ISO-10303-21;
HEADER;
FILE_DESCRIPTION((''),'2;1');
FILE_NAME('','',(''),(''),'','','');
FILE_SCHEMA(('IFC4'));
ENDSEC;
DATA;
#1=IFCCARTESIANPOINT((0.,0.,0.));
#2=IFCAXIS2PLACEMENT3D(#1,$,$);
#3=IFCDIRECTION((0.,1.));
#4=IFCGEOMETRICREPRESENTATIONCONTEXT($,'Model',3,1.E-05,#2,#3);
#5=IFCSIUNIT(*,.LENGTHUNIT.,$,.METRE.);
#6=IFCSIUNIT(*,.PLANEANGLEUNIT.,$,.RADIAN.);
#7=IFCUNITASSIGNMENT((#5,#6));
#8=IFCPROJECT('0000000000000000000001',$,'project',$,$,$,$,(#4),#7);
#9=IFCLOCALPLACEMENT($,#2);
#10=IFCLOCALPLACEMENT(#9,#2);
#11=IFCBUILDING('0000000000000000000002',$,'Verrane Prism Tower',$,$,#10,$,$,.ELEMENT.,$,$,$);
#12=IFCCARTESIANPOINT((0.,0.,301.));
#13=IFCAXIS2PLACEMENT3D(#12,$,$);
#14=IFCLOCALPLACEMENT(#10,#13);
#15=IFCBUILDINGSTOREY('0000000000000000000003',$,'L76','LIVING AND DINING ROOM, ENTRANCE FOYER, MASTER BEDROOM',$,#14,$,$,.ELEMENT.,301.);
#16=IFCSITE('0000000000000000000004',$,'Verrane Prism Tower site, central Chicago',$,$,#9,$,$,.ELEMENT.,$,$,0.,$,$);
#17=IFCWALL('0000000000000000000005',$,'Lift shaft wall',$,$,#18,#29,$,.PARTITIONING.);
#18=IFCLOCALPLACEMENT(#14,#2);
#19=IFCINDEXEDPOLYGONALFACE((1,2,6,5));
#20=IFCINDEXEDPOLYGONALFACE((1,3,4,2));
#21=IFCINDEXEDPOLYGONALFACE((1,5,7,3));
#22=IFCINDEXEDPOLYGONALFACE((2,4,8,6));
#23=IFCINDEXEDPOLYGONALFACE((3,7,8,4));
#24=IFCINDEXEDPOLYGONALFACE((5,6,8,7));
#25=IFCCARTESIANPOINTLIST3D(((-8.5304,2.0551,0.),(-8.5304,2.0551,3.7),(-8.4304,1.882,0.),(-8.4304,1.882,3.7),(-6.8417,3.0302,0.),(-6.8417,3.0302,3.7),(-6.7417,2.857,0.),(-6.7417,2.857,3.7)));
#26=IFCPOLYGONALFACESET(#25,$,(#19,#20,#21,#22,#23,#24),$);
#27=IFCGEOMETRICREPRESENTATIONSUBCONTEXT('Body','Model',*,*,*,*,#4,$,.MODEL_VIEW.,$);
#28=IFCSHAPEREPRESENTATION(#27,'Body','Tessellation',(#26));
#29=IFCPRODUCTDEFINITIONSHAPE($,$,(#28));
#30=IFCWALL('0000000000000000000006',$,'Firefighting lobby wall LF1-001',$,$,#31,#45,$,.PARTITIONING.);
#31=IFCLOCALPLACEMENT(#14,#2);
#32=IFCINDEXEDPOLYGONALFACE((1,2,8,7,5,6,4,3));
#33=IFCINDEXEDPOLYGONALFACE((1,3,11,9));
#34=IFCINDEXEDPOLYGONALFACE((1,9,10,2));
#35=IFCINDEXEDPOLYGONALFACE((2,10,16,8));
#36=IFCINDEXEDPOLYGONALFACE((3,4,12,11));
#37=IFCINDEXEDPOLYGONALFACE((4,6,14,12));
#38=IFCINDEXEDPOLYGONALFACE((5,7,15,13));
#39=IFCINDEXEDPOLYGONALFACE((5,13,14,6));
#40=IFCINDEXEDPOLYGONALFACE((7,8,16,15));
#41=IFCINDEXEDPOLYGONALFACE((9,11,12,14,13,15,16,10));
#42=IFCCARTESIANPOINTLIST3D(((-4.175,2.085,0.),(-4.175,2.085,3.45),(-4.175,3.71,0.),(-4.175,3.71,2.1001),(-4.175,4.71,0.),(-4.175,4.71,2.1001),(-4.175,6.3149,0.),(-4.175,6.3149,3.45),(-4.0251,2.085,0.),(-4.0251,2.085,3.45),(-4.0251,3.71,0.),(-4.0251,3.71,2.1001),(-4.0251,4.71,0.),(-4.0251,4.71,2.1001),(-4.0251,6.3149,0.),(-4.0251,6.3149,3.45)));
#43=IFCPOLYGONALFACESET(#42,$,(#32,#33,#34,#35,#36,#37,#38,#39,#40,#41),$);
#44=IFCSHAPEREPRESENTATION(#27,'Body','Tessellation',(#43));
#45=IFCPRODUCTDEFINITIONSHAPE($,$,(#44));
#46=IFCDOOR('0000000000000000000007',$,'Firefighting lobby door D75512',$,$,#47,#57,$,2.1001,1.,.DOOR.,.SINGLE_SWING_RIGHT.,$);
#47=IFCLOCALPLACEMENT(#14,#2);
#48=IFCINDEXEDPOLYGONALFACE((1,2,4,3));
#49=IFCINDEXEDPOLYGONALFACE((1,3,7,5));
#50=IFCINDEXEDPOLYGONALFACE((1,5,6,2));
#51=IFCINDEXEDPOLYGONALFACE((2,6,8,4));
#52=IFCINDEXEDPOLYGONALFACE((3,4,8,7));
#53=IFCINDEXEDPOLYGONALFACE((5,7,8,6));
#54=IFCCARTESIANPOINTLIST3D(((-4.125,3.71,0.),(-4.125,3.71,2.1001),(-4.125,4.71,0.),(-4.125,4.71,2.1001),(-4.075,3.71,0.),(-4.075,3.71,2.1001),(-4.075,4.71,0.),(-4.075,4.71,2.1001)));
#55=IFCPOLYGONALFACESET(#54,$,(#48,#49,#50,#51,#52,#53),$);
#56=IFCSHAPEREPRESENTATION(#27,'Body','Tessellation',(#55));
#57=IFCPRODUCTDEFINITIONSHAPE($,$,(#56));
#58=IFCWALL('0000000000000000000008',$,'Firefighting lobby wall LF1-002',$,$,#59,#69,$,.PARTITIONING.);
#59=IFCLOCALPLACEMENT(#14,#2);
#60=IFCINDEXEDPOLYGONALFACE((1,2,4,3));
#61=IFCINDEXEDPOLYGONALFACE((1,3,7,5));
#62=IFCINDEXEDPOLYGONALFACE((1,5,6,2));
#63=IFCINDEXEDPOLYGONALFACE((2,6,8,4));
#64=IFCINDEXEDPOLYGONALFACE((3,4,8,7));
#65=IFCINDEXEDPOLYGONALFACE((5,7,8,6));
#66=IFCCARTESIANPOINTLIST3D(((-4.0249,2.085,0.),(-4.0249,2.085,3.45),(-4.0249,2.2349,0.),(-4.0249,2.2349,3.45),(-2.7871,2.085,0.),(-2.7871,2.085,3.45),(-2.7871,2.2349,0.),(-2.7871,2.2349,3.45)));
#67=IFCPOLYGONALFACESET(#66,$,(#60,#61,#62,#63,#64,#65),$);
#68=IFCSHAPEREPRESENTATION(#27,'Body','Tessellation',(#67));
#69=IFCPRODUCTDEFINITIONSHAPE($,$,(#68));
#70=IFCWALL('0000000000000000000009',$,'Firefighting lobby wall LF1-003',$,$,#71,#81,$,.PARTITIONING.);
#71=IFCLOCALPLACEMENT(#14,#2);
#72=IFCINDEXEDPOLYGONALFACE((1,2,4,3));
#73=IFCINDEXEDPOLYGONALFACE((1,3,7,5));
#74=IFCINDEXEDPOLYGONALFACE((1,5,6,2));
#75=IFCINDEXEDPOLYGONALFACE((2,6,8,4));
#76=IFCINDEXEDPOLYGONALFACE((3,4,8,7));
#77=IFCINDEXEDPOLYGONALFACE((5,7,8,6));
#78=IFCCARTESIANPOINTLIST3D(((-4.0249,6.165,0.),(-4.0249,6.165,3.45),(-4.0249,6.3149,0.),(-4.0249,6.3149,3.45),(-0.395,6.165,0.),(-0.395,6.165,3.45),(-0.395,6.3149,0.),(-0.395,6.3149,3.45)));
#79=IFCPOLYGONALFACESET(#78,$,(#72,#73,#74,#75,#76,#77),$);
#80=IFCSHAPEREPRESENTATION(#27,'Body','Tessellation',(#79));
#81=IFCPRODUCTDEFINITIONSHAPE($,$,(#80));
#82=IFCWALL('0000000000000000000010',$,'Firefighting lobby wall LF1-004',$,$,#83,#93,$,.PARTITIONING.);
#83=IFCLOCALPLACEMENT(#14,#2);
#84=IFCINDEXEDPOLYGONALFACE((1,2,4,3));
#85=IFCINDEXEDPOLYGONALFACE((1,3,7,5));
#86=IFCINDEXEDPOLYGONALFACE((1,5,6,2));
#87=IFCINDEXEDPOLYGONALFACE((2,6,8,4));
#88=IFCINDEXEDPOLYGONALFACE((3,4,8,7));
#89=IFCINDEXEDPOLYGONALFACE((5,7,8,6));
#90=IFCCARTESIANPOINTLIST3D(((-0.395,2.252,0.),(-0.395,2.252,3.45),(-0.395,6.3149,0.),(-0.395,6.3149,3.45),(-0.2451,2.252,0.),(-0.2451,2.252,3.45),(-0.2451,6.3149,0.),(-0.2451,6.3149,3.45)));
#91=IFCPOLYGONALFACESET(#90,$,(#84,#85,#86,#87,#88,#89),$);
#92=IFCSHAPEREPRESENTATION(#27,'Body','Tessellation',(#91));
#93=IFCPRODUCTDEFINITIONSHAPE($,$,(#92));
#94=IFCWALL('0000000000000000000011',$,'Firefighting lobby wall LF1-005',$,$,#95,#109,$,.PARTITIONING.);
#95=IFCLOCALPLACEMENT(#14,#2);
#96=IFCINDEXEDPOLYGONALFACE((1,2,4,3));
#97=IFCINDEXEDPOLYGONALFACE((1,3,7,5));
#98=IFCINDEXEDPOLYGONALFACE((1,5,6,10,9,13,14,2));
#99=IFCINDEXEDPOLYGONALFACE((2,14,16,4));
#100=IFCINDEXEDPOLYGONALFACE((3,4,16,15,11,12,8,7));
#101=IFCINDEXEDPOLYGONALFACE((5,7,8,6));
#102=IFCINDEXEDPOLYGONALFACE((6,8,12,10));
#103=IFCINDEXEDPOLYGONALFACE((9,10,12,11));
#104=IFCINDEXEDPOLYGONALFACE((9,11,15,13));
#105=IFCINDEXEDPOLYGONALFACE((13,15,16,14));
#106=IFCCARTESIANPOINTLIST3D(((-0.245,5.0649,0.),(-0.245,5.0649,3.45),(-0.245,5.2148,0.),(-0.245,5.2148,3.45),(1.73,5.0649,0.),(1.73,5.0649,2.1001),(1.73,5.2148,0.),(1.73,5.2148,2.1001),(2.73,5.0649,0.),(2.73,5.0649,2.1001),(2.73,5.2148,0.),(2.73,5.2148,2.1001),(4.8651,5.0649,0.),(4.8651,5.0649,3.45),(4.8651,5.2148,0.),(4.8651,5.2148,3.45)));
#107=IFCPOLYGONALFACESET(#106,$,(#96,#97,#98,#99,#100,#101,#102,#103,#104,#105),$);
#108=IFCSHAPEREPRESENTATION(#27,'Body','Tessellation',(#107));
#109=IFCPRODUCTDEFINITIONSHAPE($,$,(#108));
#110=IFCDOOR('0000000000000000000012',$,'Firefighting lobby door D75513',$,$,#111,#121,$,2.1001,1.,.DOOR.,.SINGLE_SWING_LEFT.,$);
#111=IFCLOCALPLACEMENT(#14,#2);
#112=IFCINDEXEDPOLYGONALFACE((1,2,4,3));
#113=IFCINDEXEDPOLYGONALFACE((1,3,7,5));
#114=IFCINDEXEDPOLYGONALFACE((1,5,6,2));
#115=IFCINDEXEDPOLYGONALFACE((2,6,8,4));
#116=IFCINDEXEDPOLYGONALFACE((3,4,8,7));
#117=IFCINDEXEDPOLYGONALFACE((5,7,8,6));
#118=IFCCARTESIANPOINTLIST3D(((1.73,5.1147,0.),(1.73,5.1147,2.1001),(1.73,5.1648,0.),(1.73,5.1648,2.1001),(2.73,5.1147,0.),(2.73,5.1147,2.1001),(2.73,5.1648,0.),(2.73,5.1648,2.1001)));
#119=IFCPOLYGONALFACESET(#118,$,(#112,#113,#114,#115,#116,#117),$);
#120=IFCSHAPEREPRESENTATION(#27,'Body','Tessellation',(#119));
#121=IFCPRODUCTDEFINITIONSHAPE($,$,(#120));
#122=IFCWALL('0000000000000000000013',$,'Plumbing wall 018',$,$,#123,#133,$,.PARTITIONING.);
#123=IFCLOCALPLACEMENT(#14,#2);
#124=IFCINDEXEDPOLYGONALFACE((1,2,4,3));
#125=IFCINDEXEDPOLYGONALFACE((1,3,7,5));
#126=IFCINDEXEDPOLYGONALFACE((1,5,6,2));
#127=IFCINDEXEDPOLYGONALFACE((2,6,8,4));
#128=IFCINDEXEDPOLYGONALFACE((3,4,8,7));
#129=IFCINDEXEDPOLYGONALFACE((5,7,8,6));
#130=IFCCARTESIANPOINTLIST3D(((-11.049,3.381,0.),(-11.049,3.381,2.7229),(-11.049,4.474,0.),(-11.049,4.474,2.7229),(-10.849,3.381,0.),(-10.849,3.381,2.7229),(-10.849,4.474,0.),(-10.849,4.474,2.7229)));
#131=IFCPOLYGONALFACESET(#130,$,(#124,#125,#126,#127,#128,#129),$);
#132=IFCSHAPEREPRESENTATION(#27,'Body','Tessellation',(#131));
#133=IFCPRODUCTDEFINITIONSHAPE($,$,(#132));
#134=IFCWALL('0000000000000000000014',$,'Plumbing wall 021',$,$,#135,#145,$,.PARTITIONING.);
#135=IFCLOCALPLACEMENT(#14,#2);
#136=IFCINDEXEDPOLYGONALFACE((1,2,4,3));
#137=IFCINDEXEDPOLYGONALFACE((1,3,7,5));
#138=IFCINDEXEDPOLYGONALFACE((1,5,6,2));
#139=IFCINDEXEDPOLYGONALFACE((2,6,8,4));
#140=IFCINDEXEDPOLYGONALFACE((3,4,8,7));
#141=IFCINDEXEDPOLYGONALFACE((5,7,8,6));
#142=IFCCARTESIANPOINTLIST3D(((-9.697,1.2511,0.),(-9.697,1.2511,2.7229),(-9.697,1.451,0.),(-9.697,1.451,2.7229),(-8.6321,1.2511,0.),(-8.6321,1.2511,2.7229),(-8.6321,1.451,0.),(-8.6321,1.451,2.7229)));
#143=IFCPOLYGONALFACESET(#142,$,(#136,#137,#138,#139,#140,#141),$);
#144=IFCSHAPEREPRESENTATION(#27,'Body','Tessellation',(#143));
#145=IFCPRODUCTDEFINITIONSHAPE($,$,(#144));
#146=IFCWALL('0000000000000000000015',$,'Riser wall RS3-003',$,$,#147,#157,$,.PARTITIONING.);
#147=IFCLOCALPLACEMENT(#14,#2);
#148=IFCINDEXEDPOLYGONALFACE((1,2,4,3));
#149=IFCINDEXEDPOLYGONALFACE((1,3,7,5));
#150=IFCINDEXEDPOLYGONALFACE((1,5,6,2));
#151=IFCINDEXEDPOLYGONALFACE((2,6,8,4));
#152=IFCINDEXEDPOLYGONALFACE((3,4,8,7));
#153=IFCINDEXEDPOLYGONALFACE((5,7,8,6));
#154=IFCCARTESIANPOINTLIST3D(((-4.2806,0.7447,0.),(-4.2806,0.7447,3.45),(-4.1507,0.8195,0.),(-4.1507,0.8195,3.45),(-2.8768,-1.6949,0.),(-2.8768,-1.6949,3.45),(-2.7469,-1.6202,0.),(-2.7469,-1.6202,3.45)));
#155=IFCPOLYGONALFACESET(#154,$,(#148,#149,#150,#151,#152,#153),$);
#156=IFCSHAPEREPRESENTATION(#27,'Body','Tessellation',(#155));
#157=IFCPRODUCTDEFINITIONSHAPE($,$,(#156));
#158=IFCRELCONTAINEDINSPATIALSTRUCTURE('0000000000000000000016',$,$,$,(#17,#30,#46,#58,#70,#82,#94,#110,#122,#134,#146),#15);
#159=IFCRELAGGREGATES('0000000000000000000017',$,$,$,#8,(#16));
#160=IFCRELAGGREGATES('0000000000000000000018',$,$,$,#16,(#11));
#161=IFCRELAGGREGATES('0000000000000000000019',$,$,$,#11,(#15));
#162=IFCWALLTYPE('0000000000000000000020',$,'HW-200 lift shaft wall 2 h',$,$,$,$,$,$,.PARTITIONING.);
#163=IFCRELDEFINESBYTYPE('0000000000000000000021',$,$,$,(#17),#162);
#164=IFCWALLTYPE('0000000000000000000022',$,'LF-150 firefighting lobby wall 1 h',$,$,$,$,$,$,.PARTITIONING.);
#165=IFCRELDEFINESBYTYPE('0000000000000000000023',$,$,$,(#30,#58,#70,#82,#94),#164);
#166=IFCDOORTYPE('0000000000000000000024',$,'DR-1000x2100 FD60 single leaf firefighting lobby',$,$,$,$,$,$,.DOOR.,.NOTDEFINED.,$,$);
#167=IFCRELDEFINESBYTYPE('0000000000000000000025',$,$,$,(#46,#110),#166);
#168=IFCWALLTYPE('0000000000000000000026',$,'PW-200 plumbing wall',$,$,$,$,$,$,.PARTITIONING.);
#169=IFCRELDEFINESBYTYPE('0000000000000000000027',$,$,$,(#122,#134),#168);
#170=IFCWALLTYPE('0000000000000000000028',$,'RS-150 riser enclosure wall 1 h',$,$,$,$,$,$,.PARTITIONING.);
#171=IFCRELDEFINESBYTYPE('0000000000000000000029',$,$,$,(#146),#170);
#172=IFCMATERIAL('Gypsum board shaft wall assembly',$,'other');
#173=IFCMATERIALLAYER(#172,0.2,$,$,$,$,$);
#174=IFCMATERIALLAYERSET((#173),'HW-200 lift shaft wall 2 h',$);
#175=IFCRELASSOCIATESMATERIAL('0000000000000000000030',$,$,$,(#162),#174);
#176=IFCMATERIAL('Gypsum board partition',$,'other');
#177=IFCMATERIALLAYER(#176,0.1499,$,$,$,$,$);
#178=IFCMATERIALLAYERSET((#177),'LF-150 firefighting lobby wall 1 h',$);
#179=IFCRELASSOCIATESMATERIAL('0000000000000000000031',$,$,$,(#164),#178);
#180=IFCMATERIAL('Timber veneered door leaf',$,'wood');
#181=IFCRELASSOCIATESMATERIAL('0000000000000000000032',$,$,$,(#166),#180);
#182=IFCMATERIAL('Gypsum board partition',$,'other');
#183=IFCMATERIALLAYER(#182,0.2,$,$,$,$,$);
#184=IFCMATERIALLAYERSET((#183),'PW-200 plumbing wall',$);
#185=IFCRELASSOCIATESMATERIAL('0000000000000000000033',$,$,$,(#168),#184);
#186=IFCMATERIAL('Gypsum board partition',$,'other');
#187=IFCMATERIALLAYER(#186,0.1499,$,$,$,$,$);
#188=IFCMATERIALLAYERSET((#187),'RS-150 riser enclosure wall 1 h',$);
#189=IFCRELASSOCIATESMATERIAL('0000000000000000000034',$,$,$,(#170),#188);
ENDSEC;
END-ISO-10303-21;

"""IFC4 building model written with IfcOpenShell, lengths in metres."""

from ifc_helpers import new_model, si_unit, direction, frame, frame_2d, origin, place, context, subcontext, project, spatial, rectangle, extrude, material, layer, layer_set, type_object, element, fill, save


model = new_model("IFC4")

# Units and contexts
model_context = context("Model", 3, precision=1e-05, world=origin(), true_north=direction((0.0, 1.0)))
body_context = subcontext(model_context, "Body", "Model", "MODEL_VIEW")
ifc_project = project(units=[si_unit("LENGTHUNIT", "METRE"), si_unit("PLANEANGLEUNIT", "RADIAN")], contexts=[model_context])

# Site, building, storey
site_placement = place(None, origin())
site = spatial("IfcSite", under=ifc_project, at=site_placement, Name="Verrane Prism Tower site, central Chicago", CompositionType="ELEMENT", RefElevation=0.0)
building_placement = place(site_placement, origin())
building = spatial("IfcBuilding", under=site, at=building_placement, Name="Verrane Prism Tower", CompositionType="ELEMENT")
storey_placement = place(building_placement, frame((0.0, 0.0, 301.0)))
storey = spatial("IfcBuildingStorey", under=building, at=storey_placement, Name="L76", Description="LIVING AND DINING ROOM, ENTRANCE FOYER, MASTER BEDROOM", CompositionType="ELEMENT", Elevation=301.0)

# Shared definitions
ifc_material_1 = material(Name="Gypsum board shaft wall assembly", Category="other")
ifc_layer_1 = layer(ifc_material_1, 0.2)
ifc_layer_set_1 = layer_set([ifc_layer_1], Name="HW-200 lift shaft wall 2 h")
wall_type_1 = type_object("IfcWallType", Name="HW-200 lift shaft wall 2 h", PredefinedType="PARTITIONING", material=ifc_layer_set_1)

# Wall
wall_1_placement = place(storey_placement, frame((-8.4805, 1.9685, 0.0), z_axis=(0.0, 0.0, 1.0), x_axis=(0.866, 0.500044, 0.0)))
element("IfcWall", 1, at=wall_1_placement, inside=storey, type_object=wall_type_1, Name="Lift shaft wall", PredefinedType="PARTITIONING", context=body_context, shape_type="SweptSolid", body=[
    extrude(rectangle(XDim=1.95, YDim=0.2, at=frame_2d((0.9751, 0.0))), origin(), (0.0, 0.0, 1.0), 3.7),
])

# Wall, opening, door
ifc_material_2 = material(Name="Gypsum board partition", Category="other")
ifc_layer_2 = layer(ifc_material_2, 0.1499)
ifc_layer_set_2 = layer_set([ifc_layer_2], Name="LF-150 firefighting lobby wall 1 h")
wall_type_2 = type_object("IfcWallType", Name="LF-150 firefighting lobby wall 1 h", PredefinedType="PARTITIONING", material=ifc_layer_set_2)
wall_2_placement = place(storey_placement, frame((-4.1001, 2.085, 0.0), z_axis=(0.0, 0.0, 1.0), x_axis=(0.0, 1.0, 0.0)))
wall_2 = element("IfcWall", 2, at=wall_2_placement, inside=storey, type_object=wall_type_2, Name="Firefighting lobby wall LF1-001", PredefinedType="PARTITIONING", context=body_context, shape_type="SweptSolid", body=[
    extrude(rectangle(XDim=4.23, YDim=0.1499, at=frame_2d((2.115, 0.0))), origin(), (0.0, 0.0, 1.0), 3.45),
])
opening_1_placement = place(wall_2_placement, frame((1.625, 0.0, 0.0)))
opening_1 = element("IfcOpeningElement", 3, at=opening_1_placement, cuts=wall_2, PredefinedType="OPENING", context=body_context, shape_type="SweptSolid", body=[
    extrude(rectangle(XDim=1.0, YDim=2.1001, at=frame_2d((0.5, 1.05))), frame((0.0, 0.085, 0.0), z_axis=(0.0, -1.0, 0.0), x_axis=(1.0, 0.0, 0.0)), (0.0, 0.0, 1.0), 0.1699),
])
ifc_material_3 = material(Name="Timber veneered door leaf", Category="wood")
door_type_1 = type_object("IfcDoorType", Name="DR-1000x2100 FD60 single leaf firefighting lobby", OperationType="NOTDEFINED", PredefinedType="DOOR", material=ifc_material_3)
door_1_placement = place(opening_1_placement, origin())
door_1 = element("IfcDoor", 4, at=door_1_placement, inside=storey, type_object=door_type_1, Name="Firefighting lobby door D75512", OperationType="SINGLE_SWING_RIGHT", OverallHeight=2.1001, OverallWidth=1.0, PredefinedType="DOOR", context=body_context, shape_type="SweptSolid", body=[
    extrude(rectangle(XDim=1.0, YDim=2.1001, at=frame_2d((0.5, 1.05))), frame((0.0, 0.0249, 0.0), z_axis=(0.0, -1.0, 0.0), x_axis=(1.0, 0.0, 0.0)), (0.0, 0.0, 1.0), 0.05),
])
fill(opening_1, door_1)

# Walls
wall_3_placement = place(storey_placement, frame((-4.0249, 2.1599, 0.0), z_axis=(0.0, 0.0, 1.0), x_axis=(1.0, 0.0, 0.0)))
element("IfcWall", 5, at=wall_3_placement, inside=storey, type_object=wall_type_2, Name="Firefighting lobby wall LF1-002", PredefinedType="PARTITIONING", context=body_context, shape_type="SweptSolid", body=[
    extrude(rectangle(XDim=1.2378, YDim=0.1499, at=frame_2d((0.6189, 0.0))), origin(), (0.0, 0.0, 1.0), 3.45),
])
wall_4_placement = place(storey_placement, frame((-4.0249, 6.24, 0.0), z_axis=(0.0, 0.0, 1.0), x_axis=(1.0, 0.0, 0.0)))
element("IfcWall", 6, at=wall_4_placement, inside=storey, type_object=wall_type_2, Name="Firefighting lobby wall LF1-003", PredefinedType="PARTITIONING", context=body_context, shape_type="SweptSolid", body=[
    extrude(rectangle(XDim=3.6299, YDim=0.1499, at=frame_2d((1.8149, 0.0))), origin(), (0.0, 0.0, 1.0), 3.45),
])
wall_5_placement = place(storey_placement, frame((-0.3201, 2.252, 0.0), z_axis=(0.0, 0.0, 1.0), x_axis=(0.0, 1.0, 0.0)))
element("IfcWall", 7, at=wall_5_placement, inside=storey, type_object=wall_type_2, Name="Firefighting lobby wall LF1-004", PredefinedType="PARTITIONING", context=body_context, shape_type="SweptSolid", body=[
    extrude(rectangle(XDim=4.063, YDim=0.1499, at=frame_2d((2.0315, 0.0))), origin(), (0.0, 0.0, 1.0), 3.45),
])

# Wall, opening, door
wall_6_placement = place(storey_placement, frame((-0.2451, 5.1399, 0.0), z_axis=(0.0, 0.0, 1.0), x_axis=(1.0, 0.0, 0.0)))
wall_6 = element("IfcWall", 8, at=wall_6_placement, inside=storey, type_object=wall_type_2, Name="Firefighting lobby wall LF1-005", PredefinedType="PARTITIONING", context=body_context, shape_type="SweptSolid", body=[
    extrude(rectangle(XDim=5.1101, YDim=0.1499, at=frame_2d((2.5552, 0.0))), origin(), (0.0, 0.0, 1.0), 3.45),
])
opening_2_placement = place(wall_6_placement, frame((1.9751, 0.0, 0.0)))
opening_2 = element("IfcOpeningElement", 9, at=opening_2_placement, cuts=wall_6, PredefinedType="OPENING", context=body_context, shape_type="SweptSolid", body=[
    extrude(rectangle(XDim=1.0, YDim=2.1001, at=frame_2d((0.5, 1.05))), frame((0.0, 0.085, 0.0), z_axis=(0.0, -1.0, 0.0), x_axis=(1.0, 0.0, 0.0)), (0.0, 0.0, 1.0), 0.1699),
])
door_2_placement = place(opening_2_placement, origin())
door_2 = element("IfcDoor", 10, at=door_2_placement, inside=storey, type_object=door_type_1, Name="Firefighting lobby door D75513", OperationType="SINGLE_SWING_LEFT", OverallHeight=2.1001, OverallWidth=1.0, PredefinedType="DOOR", context=body_context, shape_type="SweptSolid", body=[
    extrude(rectangle(XDim=1.0, YDim=2.1001, at=frame_2d((0.5, 1.05))), frame((0.0, 0.0249, 0.0), z_axis=(0.0, -1.0, 0.0), x_axis=(1.0, 0.0, 0.0)), (0.0, 0.0, 1.0), 0.05),
])
fill(opening_2, door_2)

# Walls
ifc_material_4 = material(Name="Gypsum board partition", Category="other")
ifc_layer_3 = layer(ifc_material_4, 0.2)
ifc_layer_set_3 = layer_set([ifc_layer_3], Name="PW-200 plumbing wall")
wall_type_3 = type_object("IfcWallType", Name="PW-200 plumbing wall", PredefinedType="PARTITIONING", material=ifc_layer_set_3)
wall_7_placement = place(storey_placement, frame((-10.949, 3.3811, 0.0), z_axis=(0.0, 0.0, 1.0), x_axis=(0.0, 1.0, 0.0)))
element("IfcWall", 11, at=wall_7_placement, inside=storey, type_object=wall_type_3, Name="Plumbing wall 018", PredefinedType="PARTITIONING", context=body_context, shape_type="SweptSolid", body=[
    extrude(rectangle(XDim=1.093, YDim=0.2, at=frame_2d((0.5464, 0.0))), origin(), (0.0, 0.0, 1.0), 2.7229),
])
wall_8_placement = place(storey_placement, frame((-9.697, 1.3511, 0.0), z_axis=(0.0, 0.0, 1.0), x_axis=(1.0, 0.0, 0.0)))
element("IfcWall", 12, at=wall_8_placement, inside=storey, type_object=wall_type_3, Name="Plumbing wall 021", PredefinedType="PARTITIONING", context=body_context, shape_type="SweptSolid", body=[
    extrude(rectangle(XDim=1.0649, YDim=0.2, at=frame_2d((0.5325, 0.0))), origin(), (0.0, 0.0, 1.0), 2.7229),
])
ifc_material_5 = material(Name="Gypsum board partition", Category="other")
ifc_layer_4 = layer(ifc_material_5, 0.1499)
ifc_layer_set_4 = layer_set([ifc_layer_4], Name="RS-150 riser enclosure wall 1 h")
wall_type_4 = type_object("IfcWallType", Name="RS-150 riser enclosure wall 1 h", PredefinedType="PARTITIONING", material=ifc_layer_set_4)
wall_9_placement = place(storey_placement, frame((-4.2156, 0.782, 0.0), z_axis=(0.0, 0.0, 1.0), x_axis=(0.498733, -0.866755, 0.0)))
element("IfcWall", 13, at=wall_9_placement, inside=storey, type_object=wall_type_4, Name="Riser wall RS3-003", PredefinedType="PARTITIONING", context=body_context, shape_type="SweptSolid", body=[
    extrude(rectangle(XDim=2.8147, YDim=0.1499, at=frame_2d((1.4072, 0.0))), origin(), (0.0, 0.0, 1.0), 3.45),
])

save(model, "model.ifc")
